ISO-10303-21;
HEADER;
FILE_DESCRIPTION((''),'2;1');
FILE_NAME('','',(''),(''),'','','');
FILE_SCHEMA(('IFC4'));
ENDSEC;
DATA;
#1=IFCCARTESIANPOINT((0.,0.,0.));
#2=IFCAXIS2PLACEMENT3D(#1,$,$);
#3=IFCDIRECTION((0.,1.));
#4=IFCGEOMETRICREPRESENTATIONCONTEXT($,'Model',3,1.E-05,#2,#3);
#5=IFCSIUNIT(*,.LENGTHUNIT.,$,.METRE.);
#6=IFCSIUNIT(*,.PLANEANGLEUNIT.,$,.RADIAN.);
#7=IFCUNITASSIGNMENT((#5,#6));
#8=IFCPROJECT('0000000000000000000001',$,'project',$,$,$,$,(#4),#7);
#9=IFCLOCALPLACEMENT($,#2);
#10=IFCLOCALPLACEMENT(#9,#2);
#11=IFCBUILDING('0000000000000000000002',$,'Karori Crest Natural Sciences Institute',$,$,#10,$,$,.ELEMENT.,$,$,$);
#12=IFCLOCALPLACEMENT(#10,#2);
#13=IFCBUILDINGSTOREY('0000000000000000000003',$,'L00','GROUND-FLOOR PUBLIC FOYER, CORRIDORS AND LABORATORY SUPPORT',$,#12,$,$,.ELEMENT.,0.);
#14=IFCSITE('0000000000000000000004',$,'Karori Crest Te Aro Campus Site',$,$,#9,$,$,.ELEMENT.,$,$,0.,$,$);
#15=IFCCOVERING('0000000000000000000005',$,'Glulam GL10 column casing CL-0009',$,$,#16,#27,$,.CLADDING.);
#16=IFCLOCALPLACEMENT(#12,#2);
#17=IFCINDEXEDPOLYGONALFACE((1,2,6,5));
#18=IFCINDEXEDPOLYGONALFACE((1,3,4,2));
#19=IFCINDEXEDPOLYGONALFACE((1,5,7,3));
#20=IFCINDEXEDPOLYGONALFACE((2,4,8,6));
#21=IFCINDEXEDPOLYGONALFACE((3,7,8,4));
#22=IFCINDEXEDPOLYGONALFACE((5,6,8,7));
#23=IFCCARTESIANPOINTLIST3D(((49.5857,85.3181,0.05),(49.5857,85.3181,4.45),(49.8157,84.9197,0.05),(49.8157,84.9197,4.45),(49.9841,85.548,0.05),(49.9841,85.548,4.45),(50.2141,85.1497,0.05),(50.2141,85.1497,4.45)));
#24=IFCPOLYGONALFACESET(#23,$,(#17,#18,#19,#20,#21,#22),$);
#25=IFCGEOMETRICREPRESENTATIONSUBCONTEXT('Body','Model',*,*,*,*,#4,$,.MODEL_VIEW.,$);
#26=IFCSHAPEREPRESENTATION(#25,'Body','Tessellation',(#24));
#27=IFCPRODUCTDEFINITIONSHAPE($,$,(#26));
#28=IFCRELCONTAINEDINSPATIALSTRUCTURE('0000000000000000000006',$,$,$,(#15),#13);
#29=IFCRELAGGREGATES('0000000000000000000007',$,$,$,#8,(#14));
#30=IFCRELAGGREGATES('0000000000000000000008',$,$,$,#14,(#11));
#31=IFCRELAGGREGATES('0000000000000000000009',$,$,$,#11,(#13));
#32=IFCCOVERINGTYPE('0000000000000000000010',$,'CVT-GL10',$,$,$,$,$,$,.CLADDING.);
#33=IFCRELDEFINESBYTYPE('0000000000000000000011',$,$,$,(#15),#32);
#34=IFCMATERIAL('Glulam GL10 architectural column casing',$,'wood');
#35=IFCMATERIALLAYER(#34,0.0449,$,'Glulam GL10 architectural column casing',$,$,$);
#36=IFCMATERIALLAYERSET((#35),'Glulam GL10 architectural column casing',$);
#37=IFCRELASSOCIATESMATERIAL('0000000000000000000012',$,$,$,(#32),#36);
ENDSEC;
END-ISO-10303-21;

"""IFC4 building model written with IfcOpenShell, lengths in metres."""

from ifc_helpers import new_model, si_unit, direction, frame, origin, origin_2d, place, context, subcontext, project, spatial, rectangle, extrude, material, layer, layer_set, type_object, element, save


model = new_model("IFC4")

# Units and contexts
model_context = context("Model", 3, precision=1e-05, world=origin(), true_north=direction((0.0, 1.0)))
body_context = subcontext(model_context, "Body", "Model", "MODEL_VIEW")
ifc_project = project(units=[si_unit("LENGTHUNIT", "METRE"), si_unit("PLANEANGLEUNIT", "RADIAN")], contexts=[model_context])

# Site, building, storey
site_placement = place(None, origin())
site = spatial("IfcSite", under=ifc_project, at=site_placement, Name="Karori Crest Te Aro Campus Site", CompositionType="ELEMENT", RefElevation=0.0)
building_placement = place(site_placement, origin())
building = spatial("IfcBuilding", under=site, at=building_placement, Name="Karori Crest Natural Sciences Institute", CompositionType="ELEMENT")
storey_placement = place(building_placement, origin())
storey = spatial("IfcBuildingStorey", under=building, at=storey_placement, Name="L00", Description="GROUND-FLOOR PUBLIC FOYER, CORRIDORS AND LABORATORY SUPPORT", CompositionType="ELEMENT", Elevation=0.0)

# Covering
ifc_material_1 = material(Name="Glulam GL10 architectural column casing", Category="wood")
ifc_layer_1 = layer(ifc_material_1, 0.0449, Name="Glulam GL10 architectural column casing")
ifc_layer_set_1 = layer_set([ifc_layer_1], Name="Glulam GL10 architectural column casing")
covering_type = type_object("IfcCoveringType", Name="CVT-GL10", PredefinedType="CLADDING", material=ifc_layer_set_1)
covering_placement = place(storey_placement, frame((49.8999, 85.2339, 0.05), z_axis=(0.0, 0.0, 1.0), x_axis=(-0.5, 0.866025, 0.0)))
element("IfcCovering", 1, at=covering_placement, inside=storey, type_object=covering_type, Name="Glulam GL10 column casing CL-0009", PredefinedType="CLADDING", context=body_context, shape_type="SweptSolid", body=[
    extrude(rectangle(XDim=0.46, YDim=0.46, at=origin_2d()), origin(), (0.0, 0.0, 1.0), 4.3999),
])

save(model, "model.ifc")
